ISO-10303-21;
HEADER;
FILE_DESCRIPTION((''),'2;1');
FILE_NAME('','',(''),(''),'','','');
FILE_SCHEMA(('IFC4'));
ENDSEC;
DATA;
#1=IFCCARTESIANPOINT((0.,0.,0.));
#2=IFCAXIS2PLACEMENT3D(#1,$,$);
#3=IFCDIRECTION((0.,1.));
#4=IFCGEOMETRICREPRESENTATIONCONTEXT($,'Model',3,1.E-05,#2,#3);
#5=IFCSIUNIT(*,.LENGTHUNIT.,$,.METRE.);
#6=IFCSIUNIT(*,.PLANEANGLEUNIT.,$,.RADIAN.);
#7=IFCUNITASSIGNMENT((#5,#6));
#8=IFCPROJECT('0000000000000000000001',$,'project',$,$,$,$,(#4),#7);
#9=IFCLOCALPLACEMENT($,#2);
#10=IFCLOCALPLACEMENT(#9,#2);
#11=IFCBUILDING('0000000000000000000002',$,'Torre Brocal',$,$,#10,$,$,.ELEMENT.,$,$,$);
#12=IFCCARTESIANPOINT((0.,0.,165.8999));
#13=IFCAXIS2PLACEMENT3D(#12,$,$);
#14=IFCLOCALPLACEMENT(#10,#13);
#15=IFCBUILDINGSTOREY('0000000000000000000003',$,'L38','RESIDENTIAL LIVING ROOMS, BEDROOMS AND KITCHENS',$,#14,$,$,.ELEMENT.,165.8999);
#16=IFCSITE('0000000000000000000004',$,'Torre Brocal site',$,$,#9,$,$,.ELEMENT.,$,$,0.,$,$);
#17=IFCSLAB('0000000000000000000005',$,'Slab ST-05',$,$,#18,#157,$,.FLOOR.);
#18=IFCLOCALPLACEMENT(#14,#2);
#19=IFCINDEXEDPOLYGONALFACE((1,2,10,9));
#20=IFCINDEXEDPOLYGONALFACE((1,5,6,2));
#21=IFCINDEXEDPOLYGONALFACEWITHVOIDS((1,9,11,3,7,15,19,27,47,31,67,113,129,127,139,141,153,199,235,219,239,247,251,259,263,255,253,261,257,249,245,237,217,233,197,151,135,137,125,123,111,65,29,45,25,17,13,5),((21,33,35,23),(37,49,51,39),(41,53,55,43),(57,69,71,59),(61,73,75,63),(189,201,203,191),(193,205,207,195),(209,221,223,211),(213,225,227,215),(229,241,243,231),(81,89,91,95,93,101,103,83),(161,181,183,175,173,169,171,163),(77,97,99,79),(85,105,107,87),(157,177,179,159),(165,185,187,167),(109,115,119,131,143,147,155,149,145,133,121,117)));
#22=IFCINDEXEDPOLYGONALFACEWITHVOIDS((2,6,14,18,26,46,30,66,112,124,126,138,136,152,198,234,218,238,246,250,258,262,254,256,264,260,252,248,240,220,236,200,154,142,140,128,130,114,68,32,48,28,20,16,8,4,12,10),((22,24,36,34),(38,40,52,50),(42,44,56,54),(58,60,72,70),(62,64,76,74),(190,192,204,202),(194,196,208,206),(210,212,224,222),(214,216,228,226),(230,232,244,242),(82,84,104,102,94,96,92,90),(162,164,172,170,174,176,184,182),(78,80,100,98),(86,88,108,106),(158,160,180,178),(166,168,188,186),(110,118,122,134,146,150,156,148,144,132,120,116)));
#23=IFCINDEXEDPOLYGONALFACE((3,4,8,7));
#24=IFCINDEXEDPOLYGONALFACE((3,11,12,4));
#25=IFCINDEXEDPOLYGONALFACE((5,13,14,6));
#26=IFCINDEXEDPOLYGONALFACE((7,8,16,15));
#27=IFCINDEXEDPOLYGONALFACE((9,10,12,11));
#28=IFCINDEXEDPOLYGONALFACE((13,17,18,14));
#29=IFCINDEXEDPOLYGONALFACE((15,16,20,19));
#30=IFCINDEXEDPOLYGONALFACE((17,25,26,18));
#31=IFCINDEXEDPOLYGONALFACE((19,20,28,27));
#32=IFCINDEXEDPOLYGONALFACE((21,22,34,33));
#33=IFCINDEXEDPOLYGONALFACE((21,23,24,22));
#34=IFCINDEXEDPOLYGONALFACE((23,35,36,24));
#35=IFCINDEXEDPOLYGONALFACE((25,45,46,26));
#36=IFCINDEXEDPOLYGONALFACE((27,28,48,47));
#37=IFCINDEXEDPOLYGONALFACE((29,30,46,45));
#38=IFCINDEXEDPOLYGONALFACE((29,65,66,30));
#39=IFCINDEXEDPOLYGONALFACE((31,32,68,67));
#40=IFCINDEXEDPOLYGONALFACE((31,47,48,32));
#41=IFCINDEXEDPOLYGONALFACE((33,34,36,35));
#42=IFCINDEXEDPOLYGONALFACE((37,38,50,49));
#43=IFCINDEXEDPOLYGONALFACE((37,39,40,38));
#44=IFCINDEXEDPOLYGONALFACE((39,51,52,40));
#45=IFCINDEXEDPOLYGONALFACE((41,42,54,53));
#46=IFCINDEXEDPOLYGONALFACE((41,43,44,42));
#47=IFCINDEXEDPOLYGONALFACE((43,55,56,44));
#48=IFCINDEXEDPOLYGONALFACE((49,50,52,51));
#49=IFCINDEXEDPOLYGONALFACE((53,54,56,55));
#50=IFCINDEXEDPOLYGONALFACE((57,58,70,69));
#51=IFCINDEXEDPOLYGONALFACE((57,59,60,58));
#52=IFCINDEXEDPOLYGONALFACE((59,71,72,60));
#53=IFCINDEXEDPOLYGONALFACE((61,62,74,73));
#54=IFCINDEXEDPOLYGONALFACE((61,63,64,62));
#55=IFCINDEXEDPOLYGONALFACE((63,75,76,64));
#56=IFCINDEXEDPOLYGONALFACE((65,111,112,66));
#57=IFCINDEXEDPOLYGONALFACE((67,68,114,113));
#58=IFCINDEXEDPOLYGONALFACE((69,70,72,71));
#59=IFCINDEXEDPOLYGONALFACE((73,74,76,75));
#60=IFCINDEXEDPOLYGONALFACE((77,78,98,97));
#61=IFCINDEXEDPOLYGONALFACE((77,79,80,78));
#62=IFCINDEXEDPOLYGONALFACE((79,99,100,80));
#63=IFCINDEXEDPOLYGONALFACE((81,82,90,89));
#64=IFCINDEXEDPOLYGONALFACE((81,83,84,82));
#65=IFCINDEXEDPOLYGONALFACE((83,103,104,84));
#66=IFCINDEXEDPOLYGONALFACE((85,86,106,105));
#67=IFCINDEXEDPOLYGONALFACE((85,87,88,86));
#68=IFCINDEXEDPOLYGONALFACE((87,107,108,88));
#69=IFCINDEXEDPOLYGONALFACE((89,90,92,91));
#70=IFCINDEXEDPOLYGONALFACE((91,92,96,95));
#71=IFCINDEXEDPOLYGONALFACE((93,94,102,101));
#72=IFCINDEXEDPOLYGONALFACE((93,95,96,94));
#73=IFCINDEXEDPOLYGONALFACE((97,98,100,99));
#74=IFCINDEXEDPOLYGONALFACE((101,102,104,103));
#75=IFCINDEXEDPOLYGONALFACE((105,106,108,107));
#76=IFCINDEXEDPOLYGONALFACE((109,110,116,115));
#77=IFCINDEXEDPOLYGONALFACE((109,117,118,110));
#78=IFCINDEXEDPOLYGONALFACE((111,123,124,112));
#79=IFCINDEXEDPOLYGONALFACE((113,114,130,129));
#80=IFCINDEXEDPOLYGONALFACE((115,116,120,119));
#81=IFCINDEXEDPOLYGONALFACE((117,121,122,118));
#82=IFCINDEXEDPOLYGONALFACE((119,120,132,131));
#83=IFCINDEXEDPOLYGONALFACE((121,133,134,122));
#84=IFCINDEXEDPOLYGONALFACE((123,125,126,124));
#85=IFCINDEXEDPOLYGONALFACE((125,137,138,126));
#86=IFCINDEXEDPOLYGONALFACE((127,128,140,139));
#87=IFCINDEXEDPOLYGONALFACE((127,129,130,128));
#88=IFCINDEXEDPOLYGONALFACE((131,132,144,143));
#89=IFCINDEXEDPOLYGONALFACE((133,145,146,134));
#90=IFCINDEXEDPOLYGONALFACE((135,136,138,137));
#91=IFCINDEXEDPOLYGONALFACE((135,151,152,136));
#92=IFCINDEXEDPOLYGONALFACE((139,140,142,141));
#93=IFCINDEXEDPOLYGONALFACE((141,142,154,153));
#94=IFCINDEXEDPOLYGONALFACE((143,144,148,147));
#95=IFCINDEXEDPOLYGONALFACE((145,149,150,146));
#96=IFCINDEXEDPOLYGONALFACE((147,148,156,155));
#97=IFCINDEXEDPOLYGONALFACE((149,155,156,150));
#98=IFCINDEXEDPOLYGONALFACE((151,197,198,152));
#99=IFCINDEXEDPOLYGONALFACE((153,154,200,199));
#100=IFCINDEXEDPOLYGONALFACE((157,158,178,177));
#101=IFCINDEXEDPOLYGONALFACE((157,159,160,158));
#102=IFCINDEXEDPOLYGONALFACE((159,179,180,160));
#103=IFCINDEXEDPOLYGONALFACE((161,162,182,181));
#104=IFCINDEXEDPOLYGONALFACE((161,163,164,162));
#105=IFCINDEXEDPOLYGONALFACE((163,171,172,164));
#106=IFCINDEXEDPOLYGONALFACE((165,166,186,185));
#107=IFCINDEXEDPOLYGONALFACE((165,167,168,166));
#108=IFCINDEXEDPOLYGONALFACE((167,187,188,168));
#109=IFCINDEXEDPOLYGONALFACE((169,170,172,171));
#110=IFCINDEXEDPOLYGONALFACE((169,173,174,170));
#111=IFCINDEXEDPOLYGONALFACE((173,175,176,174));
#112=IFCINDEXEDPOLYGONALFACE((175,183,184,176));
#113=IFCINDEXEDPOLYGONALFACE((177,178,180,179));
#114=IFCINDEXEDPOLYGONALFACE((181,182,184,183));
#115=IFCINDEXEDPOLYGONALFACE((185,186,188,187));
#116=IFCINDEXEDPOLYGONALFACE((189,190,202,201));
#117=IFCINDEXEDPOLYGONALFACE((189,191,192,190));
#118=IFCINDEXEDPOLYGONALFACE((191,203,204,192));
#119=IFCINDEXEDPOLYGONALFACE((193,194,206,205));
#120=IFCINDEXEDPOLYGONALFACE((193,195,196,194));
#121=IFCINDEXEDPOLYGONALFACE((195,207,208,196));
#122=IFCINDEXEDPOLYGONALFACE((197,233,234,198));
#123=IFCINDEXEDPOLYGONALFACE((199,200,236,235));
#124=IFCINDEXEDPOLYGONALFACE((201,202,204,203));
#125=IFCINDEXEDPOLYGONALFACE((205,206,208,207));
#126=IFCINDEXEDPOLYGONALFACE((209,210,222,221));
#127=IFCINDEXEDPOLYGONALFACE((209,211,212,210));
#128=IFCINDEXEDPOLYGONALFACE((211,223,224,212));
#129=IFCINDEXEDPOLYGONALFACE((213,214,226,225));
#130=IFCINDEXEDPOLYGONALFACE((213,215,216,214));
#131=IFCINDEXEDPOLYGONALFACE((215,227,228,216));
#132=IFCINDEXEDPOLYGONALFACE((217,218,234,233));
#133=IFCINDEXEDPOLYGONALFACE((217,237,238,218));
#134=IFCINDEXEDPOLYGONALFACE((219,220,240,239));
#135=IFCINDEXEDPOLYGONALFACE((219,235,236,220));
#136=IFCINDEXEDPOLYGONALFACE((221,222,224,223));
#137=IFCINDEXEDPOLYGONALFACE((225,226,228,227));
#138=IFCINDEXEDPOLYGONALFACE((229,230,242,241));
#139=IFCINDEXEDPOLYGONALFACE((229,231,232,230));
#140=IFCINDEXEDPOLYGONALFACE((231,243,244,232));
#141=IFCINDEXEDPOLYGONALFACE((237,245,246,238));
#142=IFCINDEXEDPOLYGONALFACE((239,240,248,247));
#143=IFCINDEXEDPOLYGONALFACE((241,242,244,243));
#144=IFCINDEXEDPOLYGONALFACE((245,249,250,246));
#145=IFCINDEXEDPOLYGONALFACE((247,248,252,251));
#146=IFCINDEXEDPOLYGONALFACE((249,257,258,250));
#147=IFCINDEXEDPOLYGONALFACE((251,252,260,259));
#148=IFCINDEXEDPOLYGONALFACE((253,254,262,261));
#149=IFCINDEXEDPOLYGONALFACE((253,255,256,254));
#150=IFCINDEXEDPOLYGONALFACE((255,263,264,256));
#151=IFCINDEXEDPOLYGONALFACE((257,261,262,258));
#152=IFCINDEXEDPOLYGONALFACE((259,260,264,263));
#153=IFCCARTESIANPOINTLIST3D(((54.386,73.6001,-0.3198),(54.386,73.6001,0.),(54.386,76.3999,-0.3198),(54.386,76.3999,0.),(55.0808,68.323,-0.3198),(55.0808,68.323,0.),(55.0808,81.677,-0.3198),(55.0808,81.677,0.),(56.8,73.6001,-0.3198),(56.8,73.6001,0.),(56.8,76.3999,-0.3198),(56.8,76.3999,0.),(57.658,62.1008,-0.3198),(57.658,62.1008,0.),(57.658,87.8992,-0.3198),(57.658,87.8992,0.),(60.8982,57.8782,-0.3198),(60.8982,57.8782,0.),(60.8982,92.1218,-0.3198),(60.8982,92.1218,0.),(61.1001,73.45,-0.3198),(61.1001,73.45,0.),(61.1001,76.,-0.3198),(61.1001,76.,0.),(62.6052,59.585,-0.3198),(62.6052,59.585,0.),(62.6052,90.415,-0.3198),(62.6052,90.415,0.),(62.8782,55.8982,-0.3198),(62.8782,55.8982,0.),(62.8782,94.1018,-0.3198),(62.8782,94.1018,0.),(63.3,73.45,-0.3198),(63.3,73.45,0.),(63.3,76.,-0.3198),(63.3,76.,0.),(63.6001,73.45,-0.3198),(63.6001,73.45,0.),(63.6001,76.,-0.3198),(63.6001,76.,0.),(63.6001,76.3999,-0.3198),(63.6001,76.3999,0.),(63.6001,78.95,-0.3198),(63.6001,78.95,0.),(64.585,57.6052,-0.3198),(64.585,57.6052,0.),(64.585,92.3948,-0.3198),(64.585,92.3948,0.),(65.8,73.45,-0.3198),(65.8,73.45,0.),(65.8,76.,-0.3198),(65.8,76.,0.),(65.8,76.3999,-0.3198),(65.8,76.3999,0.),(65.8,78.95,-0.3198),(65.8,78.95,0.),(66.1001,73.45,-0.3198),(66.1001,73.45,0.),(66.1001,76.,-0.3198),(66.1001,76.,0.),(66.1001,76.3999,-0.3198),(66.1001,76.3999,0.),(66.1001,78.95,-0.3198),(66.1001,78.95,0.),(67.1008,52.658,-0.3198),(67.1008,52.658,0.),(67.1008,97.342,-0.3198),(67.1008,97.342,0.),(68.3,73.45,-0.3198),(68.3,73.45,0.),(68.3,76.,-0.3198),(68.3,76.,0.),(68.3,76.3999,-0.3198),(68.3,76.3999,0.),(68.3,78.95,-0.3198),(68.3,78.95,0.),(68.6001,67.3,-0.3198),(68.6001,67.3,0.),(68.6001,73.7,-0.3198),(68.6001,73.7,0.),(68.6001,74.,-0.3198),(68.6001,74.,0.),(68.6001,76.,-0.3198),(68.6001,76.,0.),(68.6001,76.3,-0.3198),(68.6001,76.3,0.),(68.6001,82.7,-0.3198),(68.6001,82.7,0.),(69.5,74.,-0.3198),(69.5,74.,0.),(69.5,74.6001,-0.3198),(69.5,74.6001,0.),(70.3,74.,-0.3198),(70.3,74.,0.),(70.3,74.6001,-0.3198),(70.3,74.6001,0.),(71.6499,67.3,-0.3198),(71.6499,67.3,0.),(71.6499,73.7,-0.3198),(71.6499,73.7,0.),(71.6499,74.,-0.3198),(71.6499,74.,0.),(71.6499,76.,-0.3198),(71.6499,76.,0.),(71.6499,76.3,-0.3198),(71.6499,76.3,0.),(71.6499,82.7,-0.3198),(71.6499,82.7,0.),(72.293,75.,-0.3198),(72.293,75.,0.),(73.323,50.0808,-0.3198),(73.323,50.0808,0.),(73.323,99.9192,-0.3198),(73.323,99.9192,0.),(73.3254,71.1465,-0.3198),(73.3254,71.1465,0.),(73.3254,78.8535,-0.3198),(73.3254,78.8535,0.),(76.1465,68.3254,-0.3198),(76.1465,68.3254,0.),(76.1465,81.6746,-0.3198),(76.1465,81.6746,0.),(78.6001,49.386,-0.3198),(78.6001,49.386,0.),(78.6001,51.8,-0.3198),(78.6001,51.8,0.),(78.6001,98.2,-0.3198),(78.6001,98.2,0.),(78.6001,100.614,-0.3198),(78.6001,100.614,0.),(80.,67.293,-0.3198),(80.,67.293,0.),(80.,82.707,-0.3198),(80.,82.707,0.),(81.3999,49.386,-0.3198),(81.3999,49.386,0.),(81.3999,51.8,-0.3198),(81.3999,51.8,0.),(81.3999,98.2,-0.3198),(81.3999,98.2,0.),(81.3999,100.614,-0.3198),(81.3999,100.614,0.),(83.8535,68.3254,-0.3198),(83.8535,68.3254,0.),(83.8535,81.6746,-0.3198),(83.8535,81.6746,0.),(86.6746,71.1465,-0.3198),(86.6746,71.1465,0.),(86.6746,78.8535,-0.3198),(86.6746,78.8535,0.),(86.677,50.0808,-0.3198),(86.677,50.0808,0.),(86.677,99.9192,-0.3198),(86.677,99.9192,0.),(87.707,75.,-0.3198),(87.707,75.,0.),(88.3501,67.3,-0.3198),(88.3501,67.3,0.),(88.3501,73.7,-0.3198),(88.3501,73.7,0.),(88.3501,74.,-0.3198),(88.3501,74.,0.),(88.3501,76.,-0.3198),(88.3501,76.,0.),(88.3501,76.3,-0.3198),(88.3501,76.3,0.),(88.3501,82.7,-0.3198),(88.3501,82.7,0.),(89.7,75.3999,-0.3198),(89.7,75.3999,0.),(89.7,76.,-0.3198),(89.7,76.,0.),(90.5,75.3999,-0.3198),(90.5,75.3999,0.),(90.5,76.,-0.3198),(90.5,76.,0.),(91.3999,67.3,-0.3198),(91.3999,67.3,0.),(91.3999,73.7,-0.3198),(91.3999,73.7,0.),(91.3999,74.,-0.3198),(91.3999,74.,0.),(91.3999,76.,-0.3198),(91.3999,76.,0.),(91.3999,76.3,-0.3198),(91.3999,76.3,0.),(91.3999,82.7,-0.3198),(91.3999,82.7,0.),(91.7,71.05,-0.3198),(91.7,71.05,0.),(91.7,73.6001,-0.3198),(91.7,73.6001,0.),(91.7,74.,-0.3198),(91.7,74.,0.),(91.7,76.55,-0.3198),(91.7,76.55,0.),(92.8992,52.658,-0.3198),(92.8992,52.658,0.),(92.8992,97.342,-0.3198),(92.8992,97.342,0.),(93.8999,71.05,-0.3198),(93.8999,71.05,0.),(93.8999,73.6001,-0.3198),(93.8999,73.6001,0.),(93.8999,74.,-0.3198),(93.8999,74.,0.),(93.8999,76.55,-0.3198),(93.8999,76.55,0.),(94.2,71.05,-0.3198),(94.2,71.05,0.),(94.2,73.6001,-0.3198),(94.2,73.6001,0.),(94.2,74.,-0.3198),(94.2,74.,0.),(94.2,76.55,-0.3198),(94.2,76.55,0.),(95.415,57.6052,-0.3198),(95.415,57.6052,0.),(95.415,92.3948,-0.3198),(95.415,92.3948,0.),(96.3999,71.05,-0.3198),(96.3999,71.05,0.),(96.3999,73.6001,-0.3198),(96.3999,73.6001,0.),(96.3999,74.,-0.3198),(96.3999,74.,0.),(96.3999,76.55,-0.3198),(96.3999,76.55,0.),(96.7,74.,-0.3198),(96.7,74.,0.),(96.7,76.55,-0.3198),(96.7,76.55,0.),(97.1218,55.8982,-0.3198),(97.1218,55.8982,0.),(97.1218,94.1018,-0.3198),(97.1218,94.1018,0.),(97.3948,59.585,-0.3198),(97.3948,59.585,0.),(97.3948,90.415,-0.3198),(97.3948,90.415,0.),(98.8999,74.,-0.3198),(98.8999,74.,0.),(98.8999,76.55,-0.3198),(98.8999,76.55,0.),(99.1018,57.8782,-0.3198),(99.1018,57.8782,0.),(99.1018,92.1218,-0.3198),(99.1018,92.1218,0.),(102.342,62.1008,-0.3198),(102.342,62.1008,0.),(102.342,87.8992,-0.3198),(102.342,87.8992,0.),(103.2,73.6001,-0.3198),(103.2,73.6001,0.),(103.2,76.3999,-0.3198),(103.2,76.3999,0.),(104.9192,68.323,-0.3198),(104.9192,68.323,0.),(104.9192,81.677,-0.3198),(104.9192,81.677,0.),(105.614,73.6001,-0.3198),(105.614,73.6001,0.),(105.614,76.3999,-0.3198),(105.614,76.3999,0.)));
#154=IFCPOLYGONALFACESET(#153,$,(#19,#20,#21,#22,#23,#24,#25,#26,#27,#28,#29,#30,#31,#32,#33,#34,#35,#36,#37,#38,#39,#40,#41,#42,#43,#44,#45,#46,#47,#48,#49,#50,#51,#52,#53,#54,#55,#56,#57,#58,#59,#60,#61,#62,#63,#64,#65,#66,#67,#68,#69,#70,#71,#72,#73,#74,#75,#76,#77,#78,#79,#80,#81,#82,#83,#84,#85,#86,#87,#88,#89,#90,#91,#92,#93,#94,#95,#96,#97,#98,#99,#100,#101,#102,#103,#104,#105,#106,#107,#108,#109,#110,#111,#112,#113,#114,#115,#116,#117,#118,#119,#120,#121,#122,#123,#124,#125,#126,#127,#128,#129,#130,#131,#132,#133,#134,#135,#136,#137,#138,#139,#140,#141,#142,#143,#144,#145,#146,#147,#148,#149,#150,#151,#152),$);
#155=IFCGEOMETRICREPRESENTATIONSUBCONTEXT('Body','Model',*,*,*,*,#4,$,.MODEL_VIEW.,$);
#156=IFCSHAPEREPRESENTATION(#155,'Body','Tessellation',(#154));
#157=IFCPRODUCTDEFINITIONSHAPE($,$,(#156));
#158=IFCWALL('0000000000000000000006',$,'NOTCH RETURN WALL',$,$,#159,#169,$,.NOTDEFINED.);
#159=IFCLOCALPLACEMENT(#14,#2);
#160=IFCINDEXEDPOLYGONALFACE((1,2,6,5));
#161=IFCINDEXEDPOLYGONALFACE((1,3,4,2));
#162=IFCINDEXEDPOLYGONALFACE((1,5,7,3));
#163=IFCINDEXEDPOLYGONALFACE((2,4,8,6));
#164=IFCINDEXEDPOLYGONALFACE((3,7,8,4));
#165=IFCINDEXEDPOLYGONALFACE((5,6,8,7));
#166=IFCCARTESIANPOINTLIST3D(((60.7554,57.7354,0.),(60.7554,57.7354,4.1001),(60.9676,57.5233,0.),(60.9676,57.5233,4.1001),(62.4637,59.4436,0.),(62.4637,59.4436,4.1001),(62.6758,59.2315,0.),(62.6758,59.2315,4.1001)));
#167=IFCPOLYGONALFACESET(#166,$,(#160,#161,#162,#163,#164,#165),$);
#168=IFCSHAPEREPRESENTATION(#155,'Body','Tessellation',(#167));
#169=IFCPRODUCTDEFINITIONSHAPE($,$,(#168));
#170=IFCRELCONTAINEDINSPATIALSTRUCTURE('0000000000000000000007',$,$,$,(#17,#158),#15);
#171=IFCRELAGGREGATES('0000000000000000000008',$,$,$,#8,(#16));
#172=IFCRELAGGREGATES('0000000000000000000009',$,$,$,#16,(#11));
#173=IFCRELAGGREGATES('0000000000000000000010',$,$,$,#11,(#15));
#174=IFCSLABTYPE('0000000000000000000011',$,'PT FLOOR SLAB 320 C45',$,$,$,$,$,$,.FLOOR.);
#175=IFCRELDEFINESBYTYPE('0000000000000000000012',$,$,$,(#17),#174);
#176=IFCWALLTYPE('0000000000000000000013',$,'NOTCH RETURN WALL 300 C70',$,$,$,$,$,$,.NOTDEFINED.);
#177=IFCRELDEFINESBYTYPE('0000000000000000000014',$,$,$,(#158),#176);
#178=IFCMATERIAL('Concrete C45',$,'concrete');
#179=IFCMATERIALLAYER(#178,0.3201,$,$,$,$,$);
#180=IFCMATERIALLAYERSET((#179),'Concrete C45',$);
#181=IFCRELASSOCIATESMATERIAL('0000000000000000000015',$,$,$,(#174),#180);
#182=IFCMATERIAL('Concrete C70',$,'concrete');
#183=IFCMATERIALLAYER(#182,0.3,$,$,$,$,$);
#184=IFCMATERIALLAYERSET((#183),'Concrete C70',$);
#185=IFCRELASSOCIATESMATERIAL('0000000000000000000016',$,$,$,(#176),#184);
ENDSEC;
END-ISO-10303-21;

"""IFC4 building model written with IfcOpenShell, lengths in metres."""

from ifc_helpers import new_model, si_unit, direction, frame, frame_2d, origin, place, context, subcontext, project, spatial, polyline, rectangle, outline, extrude, material, layer, layer_set, type_object, element, save


model = new_model("IFC4")

# Units and contexts
model_context = context("Model", 3, precision=1e-05, world=origin(), true_north=direction((0.0, 1.0)))
body_context = subcontext(model_context, "Body", "Model", "MODEL_VIEW")
ifc_project = project(units=[si_unit("LENGTHUNIT", "METRE"), si_unit("PLANEANGLEUNIT", "RADIAN")], contexts=[model_context])

# Site, building, storey
site_placement = place(None, origin())
site = spatial("IfcSite", under=ifc_project, at=site_placement, Name="Torre Brocal site", CompositionType="ELEMENT", RefElevation=0.0)
building_placement = place(site_placement, origin())
building = spatial("IfcBuilding", under=site, at=building_placement, Name="Torre Brocal", CompositionType="ELEMENT")
storey_placement = place(building_placement, frame((0.0, 0.0, 165.8999)))
storey = spatial("IfcBuildingStorey", under=building, at=storey_placement, Name="L38", Description="RESIDENTIAL LIVING ROOMS, BEDROOMS AND KITCHENS", CompositionType="ELEMENT", Elevation=165.8999)

# Slab
ifc_material_1 = material(Name="Concrete C45", Category="concrete")
ifc_layer_1 = layer(ifc_material_1, 0.3201)
ifc_layer_set_1 = layer_set([ifc_layer_1], Name="Concrete C45")
slab_type_1 = type_object("IfcSlabType", Name="PT FLOOR SLAB 320 C45", PredefinedType="FLOOR", material=ifc_layer_set_1)
slab_1_placement = place(storey_placement, frame((0.0, 0.0, -0.3198)))
element("IfcSlab", 1, at=slab_1_placement, inside=storey, type_object=slab_type_1, Name="Slab ST-05", PredefinedType="FLOOR", context=body_context, shape_type="SweptSolid", body=[
    extrude(outline(polyline([(103.2, 76.3999), (103.2, 73.6001), (105.614, 73.6001), (104.9192, 68.323), (102.342, 62.1008), (99.1018, 57.8782), (97.3948, 59.585), (95.415, 57.6052), (97.1218, 55.8982), (92.8992, 52.658), (86.677, 50.0808), (81.3999, 49.386), (81.3999, 51.8), (78.6001, 51.8), (78.6001, 49.386), (73.323, 50.0808), (67.1008, 52.658), (62.8782, 55.8982), (64.585, 57.6052), (62.6052, 59.585), (60.8982, 57.8782), (57.658, 62.1008), (55.0808, 68.323), (54.386, 73.6001), (56.8, 73.6001), (56.8, 76.3999), (54.386, 76.3999), (55.0808, 81.677), (57.658, 87.8992), (60.8982, 92.1218), (62.6052, 90.415), (64.585, 92.3948), (62.8782, 94.1018), (67.1008, 97.342), (73.323, 99.9192), (78.6001, 100.614), (78.6001, 98.2), (81.3999, 98.2), (81.3999, 100.614), (86.677, 99.9192), (92.8992, 97.342), (97.1218, 94.1018), (95.415, 92.3948), (97.3948, 90.415), (99.1018, 92.1218), (102.342, 87.8992), (104.9192, 81.677), (105.614, 76.3999), (103.2, 76.3999)]), holes=[polyline([(98.8999, 76.55), (96.7, 76.55), (96.7, 74.0), (98.8999, 74.0), (98.8999, 76.55)]), polyline([(96.3999, 76.55), (94.2, 76.55), (94.2, 74.0), (96.3999, 74.0), (96.3999, 76.55)]), polyline([(96.3999, 73.6001), (94.2, 73.6001), (94.2, 71.05), (96.3999, 71.05), (96.3999, 73.6001)]), polyline([(93.8999, 76.55), (91.7, 76.55), (91.7, 74.0), (93.8999, 74.0), (93.8999, 76.55)]), polyline([(93.8999, 73.6001), (91.7, 73.6001), (91.7, 71.05), (93.8999, 71.05), (93.8999, 73.6001)]), polyline([(89.7, 76.0), (88.3501, 76.0), (88.3501, 74.0), (91.3999, 74.0), (91.3999, 76.0), (90.5, 76.0), (90.5, 75.3999), (89.7, 75.3999), (89.7, 76.0)]), polyline([(91.3999, 82.7), (88.3501, 82.7), (88.3501, 76.3), (91.3999, 76.3), (91.3999, 82.7)]), polyline([(91.3999, 73.7), (88.3501, 73.7), (88.3501, 67.3), (91.3999, 67.3), (91.3999, 73.7)]), polyline([(80.0, 82.707), (76.1465, 81.6746), (73.3254, 78.8535), (72.293, 75.0), (73.3254, 71.1465), (76.1465, 68.3254), (80.0, 67.293), (83.8535, 68.3254), (86.6746, 71.1465), (87.707, 75.0), (86.6746, 78.8535), (83.8535, 81.6746), (80.0, 82.707)]), polyline([(70.3, 74.0), (71.6499, 74.0), (71.6499, 76.0), (68.6001, 76.0), (68.6001, 74.0), (69.5, 74.0), (69.5, 74.6001), (70.3, 74.6001), (70.3, 74.0)]), polyline([(68.6001, 76.3), (71.6499, 76.3), (71.6499, 82.7), (68.6001, 82.7), (68.6001, 76.3)]), polyline([(68.6001, 67.3), (71.6499, 67.3), (71.6499, 73.7), (68.6001, 73.7), (68.6001, 67.3)]), polyline([(66.1001, 76.3999), (68.3, 76.3999), (68.3, 78.95), (66.1001, 78.95), (66.1001, 76.3999)]), polyline([(66.1001, 73.45), (68.3, 73.45), (68.3, 76.0), (66.1001, 76.0), (66.1001, 73.45)]), polyline([(63.6001, 76.3999), (65.8, 76.3999), (65.8, 78.95), (63.6001, 78.95), (63.6001, 76.3999)]), polyline([(63.6001, 73.45), (65.8, 73.45), (65.8, 76.0), (63.6001, 76.0), (63.6001, 73.45)]), polyline([(61.1001, 73.45), (63.3, 73.45), (63.3, 76.0), (61.1001, 76.0), (61.1001, 73.45)])]), origin(), (0.0, 0.0, 1.0), 0.3198),
])

# Wall
ifc_material_2 = material(Name="Concrete C70", Category="concrete")
ifc_layer_2 = layer(ifc_material_2, 0.3)
ifc_layer_set_2 = layer_set([ifc_layer_2], Name="Concrete C70")
wall_type_1 = type_object("IfcWallType", Name="NOTCH RETURN WALL 300 C70", PredefinedType="NOTDEFINED", material=ifc_layer_set_2)
for number, where, z_axis, x_axis, name in (
    (2, (62.5698, 59.3376, 0.0), (0.0, 0.0, 1.0), (-0.707107, -0.707107, 0.0), "NOTCH RETURN WALL"),
):
    element("IfcWall", number, at=place(storey_placement, frame(where, z_axis=z_axis, x_axis=x_axis)), inside=storey, type_object=wall_type_1, Name=name, PredefinedType="NOTDEFINED", context=body_context, shape_type="SweptSolid", body=[
        extrude(rectangle(XDim=2.4158, YDim=0.3, at=frame_2d((1.208, 0.0))), origin(), (0.0, 0.0, 1.0), 4.1001),
    ])

save(model, "model.ifc")
